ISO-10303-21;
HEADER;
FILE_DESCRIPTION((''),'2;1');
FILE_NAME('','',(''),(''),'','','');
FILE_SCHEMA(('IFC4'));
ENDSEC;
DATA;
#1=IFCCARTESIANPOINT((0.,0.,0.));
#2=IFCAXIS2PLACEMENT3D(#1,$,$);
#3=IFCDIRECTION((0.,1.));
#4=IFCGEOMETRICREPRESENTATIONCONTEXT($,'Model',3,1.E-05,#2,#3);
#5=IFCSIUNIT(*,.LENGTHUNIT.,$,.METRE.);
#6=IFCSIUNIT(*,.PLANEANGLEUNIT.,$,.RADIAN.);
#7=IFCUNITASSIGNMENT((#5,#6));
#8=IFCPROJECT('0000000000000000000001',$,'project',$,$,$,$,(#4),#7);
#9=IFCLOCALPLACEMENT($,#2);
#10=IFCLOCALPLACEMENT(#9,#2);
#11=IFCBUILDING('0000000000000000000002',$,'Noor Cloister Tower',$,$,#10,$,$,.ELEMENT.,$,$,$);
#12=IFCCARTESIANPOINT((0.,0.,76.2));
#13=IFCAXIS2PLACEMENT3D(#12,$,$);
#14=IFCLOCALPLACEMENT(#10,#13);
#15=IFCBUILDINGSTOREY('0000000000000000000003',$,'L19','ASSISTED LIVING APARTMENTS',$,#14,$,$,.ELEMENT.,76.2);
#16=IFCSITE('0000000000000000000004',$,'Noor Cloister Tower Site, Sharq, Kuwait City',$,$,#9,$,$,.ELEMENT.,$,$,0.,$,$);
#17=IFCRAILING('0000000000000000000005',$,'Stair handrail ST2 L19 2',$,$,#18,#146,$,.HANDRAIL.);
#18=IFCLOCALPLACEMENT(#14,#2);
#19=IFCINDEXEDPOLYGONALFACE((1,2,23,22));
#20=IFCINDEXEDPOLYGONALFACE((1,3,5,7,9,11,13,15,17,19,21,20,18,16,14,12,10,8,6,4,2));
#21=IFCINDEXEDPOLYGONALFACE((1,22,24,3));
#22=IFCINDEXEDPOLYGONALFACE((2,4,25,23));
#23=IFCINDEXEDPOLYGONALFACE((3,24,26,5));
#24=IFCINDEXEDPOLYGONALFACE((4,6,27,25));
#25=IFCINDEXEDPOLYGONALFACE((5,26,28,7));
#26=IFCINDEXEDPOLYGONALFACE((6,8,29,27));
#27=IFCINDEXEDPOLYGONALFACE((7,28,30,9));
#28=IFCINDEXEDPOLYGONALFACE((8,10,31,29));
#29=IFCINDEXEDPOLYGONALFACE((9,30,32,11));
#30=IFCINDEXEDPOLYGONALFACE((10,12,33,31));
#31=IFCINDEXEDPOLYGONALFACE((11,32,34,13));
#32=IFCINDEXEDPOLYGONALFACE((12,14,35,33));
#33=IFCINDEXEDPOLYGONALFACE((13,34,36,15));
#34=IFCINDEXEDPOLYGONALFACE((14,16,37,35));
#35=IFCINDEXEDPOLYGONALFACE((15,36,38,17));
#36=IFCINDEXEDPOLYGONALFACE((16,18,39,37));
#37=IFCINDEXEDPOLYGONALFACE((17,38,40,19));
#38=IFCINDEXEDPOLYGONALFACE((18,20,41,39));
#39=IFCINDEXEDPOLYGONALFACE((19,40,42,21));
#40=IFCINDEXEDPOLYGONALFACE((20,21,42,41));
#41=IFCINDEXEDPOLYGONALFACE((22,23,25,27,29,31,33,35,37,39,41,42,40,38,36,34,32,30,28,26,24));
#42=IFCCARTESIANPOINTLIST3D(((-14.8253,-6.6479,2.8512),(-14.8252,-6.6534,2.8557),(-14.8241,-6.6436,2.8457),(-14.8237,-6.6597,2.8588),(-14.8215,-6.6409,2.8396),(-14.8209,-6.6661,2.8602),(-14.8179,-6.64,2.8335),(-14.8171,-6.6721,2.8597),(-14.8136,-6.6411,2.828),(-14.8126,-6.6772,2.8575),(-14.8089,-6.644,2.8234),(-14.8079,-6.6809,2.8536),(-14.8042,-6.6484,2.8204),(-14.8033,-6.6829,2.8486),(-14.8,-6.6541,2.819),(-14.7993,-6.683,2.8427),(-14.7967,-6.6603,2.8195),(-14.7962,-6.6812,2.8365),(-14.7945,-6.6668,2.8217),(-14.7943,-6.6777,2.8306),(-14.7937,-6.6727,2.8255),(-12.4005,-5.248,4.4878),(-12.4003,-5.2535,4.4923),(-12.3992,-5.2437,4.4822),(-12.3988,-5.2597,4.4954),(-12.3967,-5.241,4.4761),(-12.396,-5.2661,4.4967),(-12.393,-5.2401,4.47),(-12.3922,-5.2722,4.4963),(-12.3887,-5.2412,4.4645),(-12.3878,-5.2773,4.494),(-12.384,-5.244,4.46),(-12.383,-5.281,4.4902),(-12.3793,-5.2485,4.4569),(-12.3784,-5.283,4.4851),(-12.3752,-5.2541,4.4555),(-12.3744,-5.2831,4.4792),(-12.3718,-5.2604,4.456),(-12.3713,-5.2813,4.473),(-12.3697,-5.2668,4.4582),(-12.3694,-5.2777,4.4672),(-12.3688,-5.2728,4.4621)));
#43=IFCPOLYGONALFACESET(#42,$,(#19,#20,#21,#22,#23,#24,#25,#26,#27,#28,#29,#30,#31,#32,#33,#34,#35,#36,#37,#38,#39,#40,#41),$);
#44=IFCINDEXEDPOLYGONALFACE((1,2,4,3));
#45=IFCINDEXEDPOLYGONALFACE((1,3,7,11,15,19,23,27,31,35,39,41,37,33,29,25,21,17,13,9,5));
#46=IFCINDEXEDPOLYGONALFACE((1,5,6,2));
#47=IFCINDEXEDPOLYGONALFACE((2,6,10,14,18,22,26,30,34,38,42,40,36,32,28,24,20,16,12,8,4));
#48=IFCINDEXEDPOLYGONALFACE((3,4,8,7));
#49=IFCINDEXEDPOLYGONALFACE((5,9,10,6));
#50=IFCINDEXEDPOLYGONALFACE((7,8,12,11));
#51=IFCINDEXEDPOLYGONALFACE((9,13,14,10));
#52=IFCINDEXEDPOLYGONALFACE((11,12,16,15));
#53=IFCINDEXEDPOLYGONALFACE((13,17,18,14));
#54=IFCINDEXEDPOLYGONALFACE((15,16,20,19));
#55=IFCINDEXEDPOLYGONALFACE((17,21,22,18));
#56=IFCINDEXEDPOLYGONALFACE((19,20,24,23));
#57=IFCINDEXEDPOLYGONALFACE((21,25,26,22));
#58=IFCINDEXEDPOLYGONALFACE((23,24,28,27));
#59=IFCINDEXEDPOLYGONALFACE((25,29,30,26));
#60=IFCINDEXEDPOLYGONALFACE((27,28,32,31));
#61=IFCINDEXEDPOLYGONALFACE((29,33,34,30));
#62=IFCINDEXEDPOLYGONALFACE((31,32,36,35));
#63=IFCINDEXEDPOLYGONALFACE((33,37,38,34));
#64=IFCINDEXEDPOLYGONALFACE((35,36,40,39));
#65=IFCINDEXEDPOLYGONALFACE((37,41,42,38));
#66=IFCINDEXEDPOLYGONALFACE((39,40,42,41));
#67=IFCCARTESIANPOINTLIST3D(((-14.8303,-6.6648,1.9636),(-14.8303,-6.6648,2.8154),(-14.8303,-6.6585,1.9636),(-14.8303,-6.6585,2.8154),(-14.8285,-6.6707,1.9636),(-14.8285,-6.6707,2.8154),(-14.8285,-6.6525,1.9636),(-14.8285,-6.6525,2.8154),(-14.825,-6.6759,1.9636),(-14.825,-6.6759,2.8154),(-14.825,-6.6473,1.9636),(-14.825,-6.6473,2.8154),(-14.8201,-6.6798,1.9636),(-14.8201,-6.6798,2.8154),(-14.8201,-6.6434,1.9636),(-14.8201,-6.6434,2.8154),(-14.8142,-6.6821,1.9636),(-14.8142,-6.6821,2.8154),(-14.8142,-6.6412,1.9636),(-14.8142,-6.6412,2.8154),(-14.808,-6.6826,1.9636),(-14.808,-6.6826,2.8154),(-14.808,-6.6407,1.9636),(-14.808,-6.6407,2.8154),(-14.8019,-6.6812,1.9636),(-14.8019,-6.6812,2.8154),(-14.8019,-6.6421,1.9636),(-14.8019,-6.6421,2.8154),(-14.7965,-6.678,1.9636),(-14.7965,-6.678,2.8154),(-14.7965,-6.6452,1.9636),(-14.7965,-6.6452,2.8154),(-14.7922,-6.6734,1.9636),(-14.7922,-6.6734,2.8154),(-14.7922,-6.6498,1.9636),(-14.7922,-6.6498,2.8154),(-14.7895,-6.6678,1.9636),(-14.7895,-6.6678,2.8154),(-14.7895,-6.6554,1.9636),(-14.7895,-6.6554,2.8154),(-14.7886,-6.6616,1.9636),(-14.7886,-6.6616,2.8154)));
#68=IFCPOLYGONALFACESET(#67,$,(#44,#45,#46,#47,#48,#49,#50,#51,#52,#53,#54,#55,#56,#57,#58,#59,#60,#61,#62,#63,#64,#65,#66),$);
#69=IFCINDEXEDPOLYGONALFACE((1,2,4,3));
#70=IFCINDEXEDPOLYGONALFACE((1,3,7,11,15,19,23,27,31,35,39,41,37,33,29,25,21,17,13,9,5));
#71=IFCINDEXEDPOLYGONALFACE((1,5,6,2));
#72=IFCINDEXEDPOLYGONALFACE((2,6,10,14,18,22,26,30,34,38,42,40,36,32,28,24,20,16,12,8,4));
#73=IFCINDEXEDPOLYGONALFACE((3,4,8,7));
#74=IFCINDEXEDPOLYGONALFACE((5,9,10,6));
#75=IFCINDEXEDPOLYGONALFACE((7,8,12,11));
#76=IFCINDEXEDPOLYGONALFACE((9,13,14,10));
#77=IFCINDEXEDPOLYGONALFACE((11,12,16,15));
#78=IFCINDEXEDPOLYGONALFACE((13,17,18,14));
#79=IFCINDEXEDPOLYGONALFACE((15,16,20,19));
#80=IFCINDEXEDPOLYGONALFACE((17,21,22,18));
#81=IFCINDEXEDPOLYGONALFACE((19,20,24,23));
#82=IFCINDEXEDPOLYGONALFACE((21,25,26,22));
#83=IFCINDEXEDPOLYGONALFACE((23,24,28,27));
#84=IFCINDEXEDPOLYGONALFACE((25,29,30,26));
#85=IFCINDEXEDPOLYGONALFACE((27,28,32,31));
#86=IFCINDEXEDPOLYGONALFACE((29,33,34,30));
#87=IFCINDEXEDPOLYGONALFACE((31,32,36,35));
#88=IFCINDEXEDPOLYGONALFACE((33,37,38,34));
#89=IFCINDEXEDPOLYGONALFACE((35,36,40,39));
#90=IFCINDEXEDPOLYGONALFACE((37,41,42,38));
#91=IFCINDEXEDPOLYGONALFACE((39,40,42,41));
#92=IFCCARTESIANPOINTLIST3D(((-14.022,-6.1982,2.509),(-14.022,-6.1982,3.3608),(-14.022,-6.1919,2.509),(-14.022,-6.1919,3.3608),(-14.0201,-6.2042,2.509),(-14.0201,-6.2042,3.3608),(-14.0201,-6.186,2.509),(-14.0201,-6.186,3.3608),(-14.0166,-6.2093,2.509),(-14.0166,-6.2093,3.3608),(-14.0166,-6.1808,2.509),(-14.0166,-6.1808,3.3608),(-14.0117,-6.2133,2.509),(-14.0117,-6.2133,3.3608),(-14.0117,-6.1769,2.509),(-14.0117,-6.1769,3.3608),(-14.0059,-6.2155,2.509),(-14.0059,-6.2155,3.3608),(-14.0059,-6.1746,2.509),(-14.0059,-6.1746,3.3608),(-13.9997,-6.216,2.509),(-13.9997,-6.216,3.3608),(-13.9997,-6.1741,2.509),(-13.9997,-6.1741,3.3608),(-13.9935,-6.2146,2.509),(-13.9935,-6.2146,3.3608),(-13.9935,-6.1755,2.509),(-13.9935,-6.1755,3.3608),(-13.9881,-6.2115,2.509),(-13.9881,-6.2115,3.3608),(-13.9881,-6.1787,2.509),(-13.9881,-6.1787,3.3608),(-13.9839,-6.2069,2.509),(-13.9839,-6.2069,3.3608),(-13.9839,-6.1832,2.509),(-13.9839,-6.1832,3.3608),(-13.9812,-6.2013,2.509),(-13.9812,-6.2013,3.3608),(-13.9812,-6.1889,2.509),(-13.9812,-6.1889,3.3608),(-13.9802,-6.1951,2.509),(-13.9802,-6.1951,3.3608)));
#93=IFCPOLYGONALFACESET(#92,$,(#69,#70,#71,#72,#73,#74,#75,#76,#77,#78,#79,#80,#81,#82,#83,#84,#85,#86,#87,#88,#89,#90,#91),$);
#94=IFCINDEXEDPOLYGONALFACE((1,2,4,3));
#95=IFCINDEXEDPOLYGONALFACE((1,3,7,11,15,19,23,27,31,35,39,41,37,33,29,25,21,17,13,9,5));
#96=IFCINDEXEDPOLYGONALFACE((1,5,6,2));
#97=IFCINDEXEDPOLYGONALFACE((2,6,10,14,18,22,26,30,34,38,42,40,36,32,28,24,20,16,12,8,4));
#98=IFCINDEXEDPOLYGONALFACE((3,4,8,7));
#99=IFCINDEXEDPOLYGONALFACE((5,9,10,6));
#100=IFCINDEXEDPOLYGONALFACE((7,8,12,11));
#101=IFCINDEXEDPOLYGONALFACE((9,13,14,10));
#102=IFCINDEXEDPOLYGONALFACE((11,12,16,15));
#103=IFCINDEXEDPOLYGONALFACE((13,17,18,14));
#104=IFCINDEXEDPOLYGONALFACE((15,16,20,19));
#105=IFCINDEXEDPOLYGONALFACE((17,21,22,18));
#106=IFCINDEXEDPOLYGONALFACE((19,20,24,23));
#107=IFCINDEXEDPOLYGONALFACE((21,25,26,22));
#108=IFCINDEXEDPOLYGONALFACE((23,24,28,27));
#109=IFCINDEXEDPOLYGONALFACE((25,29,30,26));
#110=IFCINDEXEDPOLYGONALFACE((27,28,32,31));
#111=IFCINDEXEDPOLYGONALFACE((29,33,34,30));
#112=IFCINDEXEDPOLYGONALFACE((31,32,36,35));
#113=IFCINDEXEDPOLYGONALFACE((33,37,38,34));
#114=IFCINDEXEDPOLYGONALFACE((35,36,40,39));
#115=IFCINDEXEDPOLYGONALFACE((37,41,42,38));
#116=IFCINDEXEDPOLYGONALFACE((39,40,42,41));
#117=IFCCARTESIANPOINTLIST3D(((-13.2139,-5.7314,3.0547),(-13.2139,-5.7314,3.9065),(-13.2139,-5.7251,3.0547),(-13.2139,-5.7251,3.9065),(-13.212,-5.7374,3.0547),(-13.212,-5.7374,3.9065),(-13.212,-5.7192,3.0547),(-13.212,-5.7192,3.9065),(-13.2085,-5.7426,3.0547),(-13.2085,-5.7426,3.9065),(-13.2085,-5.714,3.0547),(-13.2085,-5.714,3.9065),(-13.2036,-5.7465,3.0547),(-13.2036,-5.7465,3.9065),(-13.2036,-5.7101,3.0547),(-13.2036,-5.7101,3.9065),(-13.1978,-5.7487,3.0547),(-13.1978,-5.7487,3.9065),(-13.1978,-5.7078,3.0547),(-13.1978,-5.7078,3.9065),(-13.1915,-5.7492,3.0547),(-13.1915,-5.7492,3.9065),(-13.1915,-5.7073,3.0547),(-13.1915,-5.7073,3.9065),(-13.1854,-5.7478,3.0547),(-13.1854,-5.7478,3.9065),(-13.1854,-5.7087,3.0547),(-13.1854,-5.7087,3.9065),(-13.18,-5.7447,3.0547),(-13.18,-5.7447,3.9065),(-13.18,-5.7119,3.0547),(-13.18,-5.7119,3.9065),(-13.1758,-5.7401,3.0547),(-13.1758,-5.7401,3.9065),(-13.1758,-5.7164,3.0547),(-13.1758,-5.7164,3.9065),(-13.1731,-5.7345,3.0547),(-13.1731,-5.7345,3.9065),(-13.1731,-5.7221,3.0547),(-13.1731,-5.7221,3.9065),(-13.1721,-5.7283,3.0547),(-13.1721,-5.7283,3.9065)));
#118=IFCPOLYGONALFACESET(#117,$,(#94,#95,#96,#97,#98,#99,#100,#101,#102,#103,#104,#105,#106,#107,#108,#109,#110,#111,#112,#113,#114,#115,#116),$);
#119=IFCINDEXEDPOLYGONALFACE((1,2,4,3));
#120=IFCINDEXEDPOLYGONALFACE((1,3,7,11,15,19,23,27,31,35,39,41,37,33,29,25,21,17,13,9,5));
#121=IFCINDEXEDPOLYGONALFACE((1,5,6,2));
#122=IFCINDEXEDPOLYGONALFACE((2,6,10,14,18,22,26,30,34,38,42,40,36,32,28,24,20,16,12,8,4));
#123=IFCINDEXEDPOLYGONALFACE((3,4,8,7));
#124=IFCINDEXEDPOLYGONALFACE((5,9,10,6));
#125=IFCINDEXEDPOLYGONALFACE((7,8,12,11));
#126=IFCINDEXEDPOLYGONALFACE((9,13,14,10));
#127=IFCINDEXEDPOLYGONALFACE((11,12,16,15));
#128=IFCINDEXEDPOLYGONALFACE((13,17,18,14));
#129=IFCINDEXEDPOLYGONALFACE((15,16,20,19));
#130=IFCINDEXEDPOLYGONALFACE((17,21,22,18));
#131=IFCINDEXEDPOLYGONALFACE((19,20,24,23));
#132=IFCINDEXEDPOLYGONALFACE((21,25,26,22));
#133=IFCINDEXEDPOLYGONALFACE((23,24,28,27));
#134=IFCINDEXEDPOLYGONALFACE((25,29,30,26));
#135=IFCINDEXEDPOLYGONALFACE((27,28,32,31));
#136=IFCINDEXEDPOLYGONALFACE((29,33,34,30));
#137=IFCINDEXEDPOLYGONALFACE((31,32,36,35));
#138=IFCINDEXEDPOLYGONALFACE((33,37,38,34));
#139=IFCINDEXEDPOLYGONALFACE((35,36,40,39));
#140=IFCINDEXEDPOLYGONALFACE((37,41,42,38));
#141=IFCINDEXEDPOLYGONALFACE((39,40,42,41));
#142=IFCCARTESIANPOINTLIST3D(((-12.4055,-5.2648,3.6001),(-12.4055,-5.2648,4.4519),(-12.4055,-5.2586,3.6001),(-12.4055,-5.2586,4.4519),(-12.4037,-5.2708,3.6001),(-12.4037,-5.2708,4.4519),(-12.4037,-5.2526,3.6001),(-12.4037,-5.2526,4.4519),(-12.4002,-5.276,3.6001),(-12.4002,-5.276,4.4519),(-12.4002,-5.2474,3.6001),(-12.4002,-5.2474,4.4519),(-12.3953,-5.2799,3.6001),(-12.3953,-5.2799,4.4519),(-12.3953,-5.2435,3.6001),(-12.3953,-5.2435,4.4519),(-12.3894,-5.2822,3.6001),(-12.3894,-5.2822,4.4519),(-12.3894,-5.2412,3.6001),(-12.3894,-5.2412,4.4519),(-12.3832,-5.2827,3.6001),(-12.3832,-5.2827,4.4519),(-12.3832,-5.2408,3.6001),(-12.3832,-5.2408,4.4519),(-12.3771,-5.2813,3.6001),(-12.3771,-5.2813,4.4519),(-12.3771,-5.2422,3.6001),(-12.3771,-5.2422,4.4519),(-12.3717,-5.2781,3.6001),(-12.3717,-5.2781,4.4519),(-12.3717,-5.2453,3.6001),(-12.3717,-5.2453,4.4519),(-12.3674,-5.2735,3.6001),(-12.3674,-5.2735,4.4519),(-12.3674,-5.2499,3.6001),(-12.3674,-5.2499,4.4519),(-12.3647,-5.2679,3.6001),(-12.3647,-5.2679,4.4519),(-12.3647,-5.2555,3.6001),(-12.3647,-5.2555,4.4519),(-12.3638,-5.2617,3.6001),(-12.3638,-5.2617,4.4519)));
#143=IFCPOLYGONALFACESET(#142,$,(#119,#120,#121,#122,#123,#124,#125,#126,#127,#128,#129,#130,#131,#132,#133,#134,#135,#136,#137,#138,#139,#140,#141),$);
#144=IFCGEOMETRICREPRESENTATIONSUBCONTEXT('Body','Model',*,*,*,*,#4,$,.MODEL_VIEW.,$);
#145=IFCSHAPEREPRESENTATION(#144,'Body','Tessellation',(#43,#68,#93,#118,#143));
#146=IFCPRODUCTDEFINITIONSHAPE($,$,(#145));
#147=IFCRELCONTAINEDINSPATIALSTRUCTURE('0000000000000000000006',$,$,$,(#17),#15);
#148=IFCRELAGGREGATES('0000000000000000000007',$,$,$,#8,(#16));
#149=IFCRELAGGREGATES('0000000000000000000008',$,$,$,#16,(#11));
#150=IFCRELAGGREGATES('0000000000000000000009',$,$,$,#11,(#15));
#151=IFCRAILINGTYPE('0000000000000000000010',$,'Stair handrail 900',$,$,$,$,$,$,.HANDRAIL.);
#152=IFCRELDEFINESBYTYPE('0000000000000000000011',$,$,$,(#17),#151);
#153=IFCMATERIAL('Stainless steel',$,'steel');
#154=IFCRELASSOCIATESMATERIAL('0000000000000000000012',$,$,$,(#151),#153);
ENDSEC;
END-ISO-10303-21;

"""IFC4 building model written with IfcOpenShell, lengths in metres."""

from ifc_helpers import new_model, si_unit, direction, frame, origin, origin_2d, place, context, subcontext, project, spatial, circle, extrude, material, type_object, element, save


model = new_model("IFC4")

# Units and contexts
model_context = context("Model", 3, precision=1e-05, world=origin(), true_north=direction((0.0, 1.0)))
body_context = subcontext(model_context, "Body", "Model", "MODEL_VIEW")
ifc_project = project(units=[si_unit("LENGTHUNIT", "METRE"), si_unit("PLANEANGLEUNIT", "RADIAN")], contexts=[model_context])

# Site, building, storey
site_placement = place(None, origin())
site = spatial("IfcSite", under=ifc_project, at=site_placement, Name="Noor Cloister Tower Site, Sharq, Kuwait City", CompositionType="ELEMENT", RefElevation=0.0)
building_placement = place(site_placement, origin())
building = spatial("IfcBuilding", under=site, at=building_placement, Name="Noor Cloister Tower", CompositionType="ELEMENT")
storey_placement = place(building_placement, frame((0.0, 0.0, 76.2)))
storey = spatial("IfcBuildingStorey", under=building, at=storey_placement, Name="L19", Description="ASSISTED LIVING APARTMENTS", CompositionType="ELEMENT", Elevation=76.2)

# Railing
ifc_material_1 = material(Name="Stainless steel", Category="steel")
railing_type_1 = type_object("IfcRailingType", Name="Stair handrail 900", PredefinedType="HANDRAIL", material=ifc_material_1)
railing_1_placement = place(storey_placement, frame((-14.8096, -6.6616, 1.9636)))
element("IfcRailing", 1, at=railing_1_placement, inside=storey, type_object=railing_type_1, Name="Stair handrail ST2 L19 2", PredefinedType="HANDRAIL", context=body_context, shape_type="SweptSolid", body=[
    extrude(circle(Radius=0.0239, at=origin_2d()), frame((0.0, 0.0, 0.876), z_axis=(0.74769, 0.431661, 0.504608), x_axis=(-0.499984, 0.866035, 0.0)), (0.0, 0.0, 1.0), 3.2432),
    extrude(circle(Radius=0.021, at=origin_2d()), origin(), (0.0, 0.0, 1.0), 0.8518),
    extrude(circle(Radius=0.021, at=origin_2d()), frame((0.8083, 0.4666, 0.5454)), (0.0, 0.0, 1.0), 0.8518),
    extrude(circle(Radius=0.021, at=origin_2d()), frame((1.6165, 0.9333, 1.0911)), (0.0, 0.0, 1.0), 0.8518),
    extrude(circle(Radius=0.021, at=origin_2d()), frame((2.4248, 1.3999, 1.6365)), (0.0, 0.0, 1.0), 0.8518),
])

save(model, "model.ifc")
